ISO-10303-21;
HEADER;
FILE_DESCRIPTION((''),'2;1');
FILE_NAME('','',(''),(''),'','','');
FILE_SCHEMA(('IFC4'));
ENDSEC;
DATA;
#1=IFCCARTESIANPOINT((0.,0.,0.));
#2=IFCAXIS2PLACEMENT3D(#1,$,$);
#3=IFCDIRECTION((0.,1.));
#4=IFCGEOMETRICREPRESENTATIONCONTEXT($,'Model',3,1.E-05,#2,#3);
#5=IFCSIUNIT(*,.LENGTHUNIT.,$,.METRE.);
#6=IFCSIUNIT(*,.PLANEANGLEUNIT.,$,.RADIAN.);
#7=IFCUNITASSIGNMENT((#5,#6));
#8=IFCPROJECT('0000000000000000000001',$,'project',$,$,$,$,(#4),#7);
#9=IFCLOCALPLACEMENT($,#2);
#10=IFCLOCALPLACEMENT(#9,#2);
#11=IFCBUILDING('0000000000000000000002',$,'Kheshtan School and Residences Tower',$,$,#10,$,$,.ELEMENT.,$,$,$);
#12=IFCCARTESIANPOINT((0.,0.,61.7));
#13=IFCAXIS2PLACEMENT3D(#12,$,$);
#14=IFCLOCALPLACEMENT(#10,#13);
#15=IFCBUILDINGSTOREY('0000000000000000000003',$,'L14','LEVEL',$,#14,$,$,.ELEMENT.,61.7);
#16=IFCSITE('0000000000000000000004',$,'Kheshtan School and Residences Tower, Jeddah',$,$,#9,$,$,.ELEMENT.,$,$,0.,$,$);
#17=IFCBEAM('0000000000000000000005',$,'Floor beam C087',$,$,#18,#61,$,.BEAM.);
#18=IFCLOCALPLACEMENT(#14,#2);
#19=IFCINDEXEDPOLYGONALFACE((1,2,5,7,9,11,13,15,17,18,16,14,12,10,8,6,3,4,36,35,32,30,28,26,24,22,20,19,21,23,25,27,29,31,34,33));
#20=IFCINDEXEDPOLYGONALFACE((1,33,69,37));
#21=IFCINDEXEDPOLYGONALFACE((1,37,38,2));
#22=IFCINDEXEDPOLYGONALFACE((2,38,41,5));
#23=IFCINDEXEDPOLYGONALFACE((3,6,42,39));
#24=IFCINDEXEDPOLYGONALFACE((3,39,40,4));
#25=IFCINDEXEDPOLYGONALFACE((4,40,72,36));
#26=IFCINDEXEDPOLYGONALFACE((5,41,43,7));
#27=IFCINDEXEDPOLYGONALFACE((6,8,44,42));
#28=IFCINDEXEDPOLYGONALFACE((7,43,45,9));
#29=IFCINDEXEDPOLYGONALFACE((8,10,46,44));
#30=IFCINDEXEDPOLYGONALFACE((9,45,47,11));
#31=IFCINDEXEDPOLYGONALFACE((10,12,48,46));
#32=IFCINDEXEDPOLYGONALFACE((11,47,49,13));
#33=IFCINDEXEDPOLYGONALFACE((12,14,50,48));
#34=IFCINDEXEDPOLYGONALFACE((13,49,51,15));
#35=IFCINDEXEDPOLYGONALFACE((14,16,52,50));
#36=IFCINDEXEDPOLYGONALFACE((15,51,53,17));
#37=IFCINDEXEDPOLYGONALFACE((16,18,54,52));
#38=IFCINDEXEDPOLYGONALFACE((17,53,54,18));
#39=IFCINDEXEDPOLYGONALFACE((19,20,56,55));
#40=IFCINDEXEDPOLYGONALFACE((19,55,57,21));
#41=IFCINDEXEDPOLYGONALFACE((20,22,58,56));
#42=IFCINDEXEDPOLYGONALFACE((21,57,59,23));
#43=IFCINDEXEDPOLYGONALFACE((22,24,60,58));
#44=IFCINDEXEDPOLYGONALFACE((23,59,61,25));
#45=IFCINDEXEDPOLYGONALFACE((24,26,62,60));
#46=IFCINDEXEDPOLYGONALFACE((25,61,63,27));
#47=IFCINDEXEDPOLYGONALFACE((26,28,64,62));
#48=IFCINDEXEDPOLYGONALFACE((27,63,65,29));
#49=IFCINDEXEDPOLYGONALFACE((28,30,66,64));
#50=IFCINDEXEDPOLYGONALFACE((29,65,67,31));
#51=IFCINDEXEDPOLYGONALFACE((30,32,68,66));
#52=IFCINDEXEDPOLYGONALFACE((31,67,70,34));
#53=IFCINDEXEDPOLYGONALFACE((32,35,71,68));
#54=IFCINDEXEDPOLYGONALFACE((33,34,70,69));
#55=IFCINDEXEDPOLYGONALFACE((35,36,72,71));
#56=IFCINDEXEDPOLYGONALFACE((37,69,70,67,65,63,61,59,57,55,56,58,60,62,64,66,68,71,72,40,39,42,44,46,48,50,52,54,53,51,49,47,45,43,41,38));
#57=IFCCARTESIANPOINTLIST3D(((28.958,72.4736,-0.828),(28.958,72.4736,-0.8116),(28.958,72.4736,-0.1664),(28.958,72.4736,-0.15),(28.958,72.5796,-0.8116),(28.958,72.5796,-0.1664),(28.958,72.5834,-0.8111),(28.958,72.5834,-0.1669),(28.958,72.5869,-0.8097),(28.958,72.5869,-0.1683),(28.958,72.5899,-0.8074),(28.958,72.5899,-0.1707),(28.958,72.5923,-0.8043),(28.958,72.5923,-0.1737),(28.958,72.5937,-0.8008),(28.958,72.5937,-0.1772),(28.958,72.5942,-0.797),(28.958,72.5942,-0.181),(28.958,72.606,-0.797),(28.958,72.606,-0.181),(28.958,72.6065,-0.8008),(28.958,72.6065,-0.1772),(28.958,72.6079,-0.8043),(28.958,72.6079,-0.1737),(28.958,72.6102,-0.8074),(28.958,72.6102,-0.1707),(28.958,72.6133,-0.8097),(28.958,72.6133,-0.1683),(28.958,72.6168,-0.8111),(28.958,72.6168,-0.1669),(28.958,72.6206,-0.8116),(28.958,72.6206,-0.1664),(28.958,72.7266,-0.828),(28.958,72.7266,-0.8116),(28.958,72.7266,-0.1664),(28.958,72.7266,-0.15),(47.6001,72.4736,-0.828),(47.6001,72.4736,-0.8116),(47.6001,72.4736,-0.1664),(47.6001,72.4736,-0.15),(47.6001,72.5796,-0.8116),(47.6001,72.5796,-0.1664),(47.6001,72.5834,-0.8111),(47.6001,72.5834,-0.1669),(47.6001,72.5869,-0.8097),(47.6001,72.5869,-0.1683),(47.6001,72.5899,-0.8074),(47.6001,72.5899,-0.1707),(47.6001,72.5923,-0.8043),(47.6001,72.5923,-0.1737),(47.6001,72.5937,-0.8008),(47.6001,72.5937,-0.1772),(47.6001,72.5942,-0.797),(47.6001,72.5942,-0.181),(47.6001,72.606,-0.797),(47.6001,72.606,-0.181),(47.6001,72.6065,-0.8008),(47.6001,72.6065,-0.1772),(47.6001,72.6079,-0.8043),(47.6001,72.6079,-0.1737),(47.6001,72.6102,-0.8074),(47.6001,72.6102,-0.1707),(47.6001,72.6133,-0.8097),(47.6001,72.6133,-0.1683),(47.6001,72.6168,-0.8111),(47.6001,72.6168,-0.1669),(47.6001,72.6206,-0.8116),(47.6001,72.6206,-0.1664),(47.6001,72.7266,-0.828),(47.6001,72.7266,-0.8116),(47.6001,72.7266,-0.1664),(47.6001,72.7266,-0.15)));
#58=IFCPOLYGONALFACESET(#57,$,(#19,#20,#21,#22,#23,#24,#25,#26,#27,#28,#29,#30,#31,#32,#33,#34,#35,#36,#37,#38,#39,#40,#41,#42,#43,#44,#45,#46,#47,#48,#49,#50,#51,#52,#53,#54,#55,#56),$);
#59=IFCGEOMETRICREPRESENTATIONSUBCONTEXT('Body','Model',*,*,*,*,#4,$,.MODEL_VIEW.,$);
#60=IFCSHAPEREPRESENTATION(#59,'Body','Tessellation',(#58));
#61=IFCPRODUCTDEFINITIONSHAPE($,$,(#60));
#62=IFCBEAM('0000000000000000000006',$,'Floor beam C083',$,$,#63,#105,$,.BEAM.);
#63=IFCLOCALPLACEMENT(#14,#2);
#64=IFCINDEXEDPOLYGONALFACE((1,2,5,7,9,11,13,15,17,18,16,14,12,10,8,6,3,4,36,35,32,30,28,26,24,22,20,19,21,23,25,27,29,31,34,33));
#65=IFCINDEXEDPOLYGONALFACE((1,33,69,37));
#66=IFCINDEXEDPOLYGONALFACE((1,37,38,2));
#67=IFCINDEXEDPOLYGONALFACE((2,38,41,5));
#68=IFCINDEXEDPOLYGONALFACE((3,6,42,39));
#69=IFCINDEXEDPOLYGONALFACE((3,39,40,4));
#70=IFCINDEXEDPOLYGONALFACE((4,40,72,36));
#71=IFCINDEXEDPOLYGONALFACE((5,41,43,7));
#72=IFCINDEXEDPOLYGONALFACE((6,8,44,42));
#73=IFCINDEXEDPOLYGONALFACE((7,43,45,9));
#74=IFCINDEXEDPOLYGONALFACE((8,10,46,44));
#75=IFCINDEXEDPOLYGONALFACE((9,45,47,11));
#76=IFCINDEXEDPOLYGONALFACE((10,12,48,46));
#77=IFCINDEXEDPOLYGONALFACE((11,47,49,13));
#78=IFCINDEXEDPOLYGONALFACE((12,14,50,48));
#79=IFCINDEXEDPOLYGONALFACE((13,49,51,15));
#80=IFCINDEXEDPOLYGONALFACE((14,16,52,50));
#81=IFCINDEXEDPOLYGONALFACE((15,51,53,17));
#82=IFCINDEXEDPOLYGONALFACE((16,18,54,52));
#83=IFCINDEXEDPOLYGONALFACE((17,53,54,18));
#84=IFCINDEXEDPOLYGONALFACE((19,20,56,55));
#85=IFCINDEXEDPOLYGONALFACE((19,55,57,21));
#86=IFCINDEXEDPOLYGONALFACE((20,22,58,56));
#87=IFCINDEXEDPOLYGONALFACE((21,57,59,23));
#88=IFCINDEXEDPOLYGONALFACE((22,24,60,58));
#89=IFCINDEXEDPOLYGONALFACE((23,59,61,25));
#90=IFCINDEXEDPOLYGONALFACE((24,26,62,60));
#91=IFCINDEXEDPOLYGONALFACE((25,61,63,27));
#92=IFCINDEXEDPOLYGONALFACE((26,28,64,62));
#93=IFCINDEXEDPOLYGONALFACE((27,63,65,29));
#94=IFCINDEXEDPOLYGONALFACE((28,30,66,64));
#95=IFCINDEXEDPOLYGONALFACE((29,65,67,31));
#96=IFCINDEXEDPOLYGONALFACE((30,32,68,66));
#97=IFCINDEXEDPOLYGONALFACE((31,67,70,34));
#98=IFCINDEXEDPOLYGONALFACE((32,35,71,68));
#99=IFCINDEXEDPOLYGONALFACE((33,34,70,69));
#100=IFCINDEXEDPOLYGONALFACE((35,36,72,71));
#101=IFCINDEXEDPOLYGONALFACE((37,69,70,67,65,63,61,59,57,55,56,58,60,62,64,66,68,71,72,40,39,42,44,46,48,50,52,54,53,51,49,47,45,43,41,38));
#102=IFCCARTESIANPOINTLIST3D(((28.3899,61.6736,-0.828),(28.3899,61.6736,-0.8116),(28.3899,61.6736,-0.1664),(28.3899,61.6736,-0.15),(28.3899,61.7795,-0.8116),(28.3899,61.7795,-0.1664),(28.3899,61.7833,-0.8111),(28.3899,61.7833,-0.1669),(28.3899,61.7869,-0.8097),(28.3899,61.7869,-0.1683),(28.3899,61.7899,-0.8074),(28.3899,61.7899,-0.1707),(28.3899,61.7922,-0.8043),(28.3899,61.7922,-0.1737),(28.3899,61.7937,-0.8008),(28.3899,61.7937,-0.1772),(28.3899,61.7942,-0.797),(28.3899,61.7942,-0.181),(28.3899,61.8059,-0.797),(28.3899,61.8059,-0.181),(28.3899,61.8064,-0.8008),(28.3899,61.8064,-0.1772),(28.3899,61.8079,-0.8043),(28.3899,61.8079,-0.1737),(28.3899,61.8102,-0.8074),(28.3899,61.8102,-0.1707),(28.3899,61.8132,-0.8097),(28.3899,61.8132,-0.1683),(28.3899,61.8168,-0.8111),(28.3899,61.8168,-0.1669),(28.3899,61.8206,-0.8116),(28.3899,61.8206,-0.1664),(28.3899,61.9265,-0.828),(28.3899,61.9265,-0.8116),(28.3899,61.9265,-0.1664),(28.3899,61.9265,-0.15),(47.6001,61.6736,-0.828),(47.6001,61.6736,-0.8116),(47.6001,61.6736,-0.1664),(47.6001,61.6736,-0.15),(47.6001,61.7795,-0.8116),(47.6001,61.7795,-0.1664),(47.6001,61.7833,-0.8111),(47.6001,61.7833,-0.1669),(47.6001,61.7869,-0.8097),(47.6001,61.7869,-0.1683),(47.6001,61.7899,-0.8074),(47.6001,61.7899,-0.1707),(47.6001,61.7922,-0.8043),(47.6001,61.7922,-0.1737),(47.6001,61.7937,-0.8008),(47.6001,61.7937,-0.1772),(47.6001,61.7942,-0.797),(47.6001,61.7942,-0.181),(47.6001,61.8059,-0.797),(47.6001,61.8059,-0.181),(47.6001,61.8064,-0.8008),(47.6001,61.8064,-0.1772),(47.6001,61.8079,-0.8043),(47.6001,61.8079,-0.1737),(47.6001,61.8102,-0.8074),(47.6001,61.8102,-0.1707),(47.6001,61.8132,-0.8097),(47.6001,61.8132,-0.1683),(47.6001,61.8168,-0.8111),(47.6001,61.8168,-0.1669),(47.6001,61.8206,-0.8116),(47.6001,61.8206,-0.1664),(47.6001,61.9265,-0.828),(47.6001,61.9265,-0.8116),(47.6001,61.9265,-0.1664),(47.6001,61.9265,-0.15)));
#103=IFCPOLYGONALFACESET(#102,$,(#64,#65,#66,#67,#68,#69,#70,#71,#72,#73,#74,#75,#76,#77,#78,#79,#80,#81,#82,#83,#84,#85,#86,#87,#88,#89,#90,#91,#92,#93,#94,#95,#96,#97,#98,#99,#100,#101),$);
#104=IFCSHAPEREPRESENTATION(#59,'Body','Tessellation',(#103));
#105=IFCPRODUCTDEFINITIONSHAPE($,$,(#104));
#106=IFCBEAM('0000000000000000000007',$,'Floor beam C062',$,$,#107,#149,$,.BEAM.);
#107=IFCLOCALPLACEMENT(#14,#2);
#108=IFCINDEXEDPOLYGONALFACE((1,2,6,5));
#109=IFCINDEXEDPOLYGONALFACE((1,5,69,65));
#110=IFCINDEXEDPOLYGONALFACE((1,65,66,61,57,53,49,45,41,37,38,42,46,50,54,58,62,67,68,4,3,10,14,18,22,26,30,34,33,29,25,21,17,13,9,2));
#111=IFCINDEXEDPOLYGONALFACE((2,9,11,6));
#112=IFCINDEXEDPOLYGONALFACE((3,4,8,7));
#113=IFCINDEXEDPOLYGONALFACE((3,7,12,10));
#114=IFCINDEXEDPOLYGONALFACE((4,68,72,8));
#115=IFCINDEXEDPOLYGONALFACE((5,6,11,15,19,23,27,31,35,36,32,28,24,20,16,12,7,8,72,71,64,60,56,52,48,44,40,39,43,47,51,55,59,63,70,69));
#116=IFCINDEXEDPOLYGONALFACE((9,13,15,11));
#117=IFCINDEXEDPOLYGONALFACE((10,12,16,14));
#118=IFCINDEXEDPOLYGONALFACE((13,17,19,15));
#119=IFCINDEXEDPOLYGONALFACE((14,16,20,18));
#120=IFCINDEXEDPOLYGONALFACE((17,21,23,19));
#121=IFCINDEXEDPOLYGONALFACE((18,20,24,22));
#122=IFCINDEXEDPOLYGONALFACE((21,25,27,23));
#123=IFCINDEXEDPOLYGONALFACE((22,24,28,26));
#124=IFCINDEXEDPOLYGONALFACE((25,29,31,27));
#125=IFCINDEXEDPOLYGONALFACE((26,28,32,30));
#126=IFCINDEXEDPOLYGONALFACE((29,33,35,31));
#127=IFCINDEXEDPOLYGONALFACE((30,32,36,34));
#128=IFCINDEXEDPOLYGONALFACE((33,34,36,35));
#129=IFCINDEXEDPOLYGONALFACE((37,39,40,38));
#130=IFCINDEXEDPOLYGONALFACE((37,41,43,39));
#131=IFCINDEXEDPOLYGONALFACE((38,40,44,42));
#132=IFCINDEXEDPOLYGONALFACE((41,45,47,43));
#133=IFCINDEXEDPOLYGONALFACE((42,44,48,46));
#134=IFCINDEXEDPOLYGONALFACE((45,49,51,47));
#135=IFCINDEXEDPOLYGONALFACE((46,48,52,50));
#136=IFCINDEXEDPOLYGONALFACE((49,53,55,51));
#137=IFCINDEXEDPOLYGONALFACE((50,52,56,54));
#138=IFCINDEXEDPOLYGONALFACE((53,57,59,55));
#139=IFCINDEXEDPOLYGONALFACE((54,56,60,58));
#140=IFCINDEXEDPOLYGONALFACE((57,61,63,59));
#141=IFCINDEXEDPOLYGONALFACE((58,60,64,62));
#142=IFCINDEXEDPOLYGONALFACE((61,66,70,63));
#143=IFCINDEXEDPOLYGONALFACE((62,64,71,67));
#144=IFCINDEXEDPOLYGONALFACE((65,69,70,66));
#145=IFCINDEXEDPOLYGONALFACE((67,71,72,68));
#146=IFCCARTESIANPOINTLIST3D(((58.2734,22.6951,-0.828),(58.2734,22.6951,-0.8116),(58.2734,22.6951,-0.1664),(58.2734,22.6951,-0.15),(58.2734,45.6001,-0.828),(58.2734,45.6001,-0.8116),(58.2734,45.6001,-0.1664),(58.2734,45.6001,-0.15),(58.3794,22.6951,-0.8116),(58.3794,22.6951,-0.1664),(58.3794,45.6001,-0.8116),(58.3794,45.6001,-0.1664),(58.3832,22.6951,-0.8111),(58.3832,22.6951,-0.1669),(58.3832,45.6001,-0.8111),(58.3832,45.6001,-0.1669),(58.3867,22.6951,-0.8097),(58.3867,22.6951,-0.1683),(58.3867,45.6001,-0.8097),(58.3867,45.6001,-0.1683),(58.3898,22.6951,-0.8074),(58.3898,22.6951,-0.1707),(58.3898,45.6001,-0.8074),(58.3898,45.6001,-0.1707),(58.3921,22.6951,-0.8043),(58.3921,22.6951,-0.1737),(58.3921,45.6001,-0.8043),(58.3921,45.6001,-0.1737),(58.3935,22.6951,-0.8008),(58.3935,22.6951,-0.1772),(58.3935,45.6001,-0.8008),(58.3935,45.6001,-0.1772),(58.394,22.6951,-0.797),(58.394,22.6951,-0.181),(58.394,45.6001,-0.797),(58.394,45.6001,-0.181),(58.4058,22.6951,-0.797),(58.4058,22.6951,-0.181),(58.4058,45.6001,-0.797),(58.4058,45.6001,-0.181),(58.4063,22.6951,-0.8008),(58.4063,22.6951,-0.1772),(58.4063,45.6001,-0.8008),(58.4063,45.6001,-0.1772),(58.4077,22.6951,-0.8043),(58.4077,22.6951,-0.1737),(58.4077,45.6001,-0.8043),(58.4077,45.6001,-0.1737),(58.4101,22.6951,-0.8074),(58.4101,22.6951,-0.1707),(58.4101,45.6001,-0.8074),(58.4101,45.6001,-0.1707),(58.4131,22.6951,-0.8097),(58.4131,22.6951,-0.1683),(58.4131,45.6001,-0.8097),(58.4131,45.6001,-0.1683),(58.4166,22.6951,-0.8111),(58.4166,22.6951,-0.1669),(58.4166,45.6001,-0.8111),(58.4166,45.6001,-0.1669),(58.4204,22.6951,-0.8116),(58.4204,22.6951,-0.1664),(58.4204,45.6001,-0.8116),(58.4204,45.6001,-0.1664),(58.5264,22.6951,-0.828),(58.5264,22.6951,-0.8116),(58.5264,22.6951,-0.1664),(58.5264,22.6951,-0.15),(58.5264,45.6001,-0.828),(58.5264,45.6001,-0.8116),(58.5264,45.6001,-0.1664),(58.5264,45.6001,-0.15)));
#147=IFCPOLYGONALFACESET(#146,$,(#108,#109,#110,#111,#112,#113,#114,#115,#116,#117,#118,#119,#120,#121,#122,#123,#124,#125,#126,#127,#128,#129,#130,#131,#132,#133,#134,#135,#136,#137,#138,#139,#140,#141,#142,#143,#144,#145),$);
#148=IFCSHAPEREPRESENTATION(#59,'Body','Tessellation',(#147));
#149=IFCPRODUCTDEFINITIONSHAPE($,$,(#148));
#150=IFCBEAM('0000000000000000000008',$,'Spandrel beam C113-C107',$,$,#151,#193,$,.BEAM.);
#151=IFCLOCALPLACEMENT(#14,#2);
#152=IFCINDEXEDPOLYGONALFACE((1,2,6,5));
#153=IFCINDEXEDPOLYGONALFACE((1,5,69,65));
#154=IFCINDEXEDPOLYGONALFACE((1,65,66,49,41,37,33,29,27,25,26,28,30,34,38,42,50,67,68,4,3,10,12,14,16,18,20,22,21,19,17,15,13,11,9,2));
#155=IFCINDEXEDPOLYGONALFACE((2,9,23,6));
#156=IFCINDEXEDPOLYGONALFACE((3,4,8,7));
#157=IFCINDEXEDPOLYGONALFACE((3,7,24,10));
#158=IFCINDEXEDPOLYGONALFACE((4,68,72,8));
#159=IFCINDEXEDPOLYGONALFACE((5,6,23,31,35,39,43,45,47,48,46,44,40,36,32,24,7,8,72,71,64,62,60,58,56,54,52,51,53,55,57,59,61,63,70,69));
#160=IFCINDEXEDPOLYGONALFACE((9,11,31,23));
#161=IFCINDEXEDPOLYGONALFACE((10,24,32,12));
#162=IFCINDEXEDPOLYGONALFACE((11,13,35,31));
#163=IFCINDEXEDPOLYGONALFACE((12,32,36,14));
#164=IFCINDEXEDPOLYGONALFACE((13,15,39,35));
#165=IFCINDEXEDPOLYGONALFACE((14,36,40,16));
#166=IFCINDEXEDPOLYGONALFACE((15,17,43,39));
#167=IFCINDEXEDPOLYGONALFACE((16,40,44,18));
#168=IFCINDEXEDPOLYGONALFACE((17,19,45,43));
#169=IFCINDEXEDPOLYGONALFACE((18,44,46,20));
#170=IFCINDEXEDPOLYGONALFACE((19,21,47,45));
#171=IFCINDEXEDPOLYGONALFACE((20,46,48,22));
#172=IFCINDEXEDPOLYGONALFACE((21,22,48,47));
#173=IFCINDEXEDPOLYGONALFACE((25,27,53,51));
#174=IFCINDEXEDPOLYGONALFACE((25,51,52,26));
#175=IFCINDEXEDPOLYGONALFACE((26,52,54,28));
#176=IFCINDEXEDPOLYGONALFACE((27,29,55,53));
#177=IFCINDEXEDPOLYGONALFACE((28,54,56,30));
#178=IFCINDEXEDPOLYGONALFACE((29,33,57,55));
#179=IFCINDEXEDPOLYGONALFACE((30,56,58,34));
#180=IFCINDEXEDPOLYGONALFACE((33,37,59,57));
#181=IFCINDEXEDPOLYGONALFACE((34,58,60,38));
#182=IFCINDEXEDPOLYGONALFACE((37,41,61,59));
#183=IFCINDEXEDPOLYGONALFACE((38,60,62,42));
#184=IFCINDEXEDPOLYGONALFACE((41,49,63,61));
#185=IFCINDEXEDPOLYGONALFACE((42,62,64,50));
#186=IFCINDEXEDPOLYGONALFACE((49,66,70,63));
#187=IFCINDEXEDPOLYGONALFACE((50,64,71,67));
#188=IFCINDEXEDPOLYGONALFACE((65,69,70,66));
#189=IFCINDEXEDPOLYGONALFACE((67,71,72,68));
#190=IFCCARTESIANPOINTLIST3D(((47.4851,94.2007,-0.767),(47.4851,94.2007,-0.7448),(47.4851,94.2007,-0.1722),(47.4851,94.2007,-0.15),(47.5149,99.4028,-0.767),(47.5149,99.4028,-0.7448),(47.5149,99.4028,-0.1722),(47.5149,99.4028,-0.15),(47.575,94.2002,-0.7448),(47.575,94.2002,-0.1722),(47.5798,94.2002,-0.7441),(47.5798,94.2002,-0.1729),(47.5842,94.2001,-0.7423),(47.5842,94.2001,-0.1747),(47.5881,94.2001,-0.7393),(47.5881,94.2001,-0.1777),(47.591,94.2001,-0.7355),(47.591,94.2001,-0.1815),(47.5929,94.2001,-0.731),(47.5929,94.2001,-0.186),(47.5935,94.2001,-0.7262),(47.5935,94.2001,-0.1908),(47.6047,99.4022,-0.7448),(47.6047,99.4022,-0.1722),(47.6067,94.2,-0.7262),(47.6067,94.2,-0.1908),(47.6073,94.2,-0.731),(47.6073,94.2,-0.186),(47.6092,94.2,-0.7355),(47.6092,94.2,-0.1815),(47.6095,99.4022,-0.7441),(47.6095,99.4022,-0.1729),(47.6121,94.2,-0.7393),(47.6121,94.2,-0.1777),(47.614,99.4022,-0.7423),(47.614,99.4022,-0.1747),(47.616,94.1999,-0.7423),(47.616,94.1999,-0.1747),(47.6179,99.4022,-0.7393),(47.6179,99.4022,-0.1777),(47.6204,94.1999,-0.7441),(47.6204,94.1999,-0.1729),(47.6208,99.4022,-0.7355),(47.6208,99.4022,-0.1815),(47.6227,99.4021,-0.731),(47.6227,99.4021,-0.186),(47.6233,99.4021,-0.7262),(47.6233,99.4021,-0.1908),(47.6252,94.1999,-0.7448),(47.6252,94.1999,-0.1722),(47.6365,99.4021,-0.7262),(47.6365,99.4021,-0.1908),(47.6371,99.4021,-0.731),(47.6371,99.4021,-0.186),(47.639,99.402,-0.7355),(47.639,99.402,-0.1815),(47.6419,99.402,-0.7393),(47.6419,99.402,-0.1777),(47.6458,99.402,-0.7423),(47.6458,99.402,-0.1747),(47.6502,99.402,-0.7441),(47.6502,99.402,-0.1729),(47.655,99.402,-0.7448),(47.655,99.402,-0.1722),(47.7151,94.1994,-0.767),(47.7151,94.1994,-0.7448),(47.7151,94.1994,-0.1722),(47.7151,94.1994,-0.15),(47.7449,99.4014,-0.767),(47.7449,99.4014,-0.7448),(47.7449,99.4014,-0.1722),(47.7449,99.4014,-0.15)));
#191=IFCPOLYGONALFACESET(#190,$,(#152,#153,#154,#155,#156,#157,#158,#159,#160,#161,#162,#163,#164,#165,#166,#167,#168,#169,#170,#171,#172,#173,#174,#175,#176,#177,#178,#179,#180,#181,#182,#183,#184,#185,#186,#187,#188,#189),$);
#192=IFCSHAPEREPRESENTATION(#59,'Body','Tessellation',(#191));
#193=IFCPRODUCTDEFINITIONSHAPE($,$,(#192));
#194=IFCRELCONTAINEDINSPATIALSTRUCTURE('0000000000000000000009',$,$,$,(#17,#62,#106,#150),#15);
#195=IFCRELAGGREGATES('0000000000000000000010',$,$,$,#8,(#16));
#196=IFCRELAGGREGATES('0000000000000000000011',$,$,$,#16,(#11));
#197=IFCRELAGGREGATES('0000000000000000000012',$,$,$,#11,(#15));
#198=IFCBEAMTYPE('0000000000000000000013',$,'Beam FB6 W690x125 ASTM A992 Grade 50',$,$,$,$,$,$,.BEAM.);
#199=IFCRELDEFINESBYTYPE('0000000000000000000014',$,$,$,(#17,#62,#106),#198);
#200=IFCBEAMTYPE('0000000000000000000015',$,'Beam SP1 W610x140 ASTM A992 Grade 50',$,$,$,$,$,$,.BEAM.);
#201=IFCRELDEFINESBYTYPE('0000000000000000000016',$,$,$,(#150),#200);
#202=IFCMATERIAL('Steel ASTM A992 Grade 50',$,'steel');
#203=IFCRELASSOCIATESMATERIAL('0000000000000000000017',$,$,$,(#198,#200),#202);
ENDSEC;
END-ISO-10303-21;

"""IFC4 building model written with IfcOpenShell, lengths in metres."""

from ifc_helpers import new_model, si_unit, direction, frame, origin, origin_2d, place, context, subcontext, project, spatial, i_section, extrude, material, material_profile, profile_set, type_object, element, save


model = new_model("IFC4")

# Units and contexts
model_context = context("Model", 3, precision=1e-05, world=origin(), true_north=direction((0.0, 1.0)))
body_context = subcontext(model_context, "Body", "Model", "MODEL_VIEW")
ifc_project = project(units=[si_unit("LENGTHUNIT", "METRE"), si_unit("PLANEANGLEUNIT", "RADIAN")], contexts=[model_context])

# Site, building, storey
site_placement = place(None, origin())
site = spatial("IfcSite", under=ifc_project, at=site_placement, Name="Kheshtan School and Residences Tower, Jeddah", CompositionType="ELEMENT", RefElevation=0.0)
building_placement = place(site_placement, origin())
building = spatial("IfcBuilding", under=site, at=building_placement, Name="Kheshtan School and Residences Tower", CompositionType="ELEMENT")
storey_placement = place(building_placement, frame((0.0, 0.0, 61.7)))
storey = spatial("IfcBuildingStorey", under=building, at=storey_placement, Name="L14", Description="LEVEL", CompositionType="ELEMENT", Elevation=61.7)

# Shared definitions
ifc_material_1 = material(Name="Steel ASTM A992 Grade 50", Category="steel")

# Beams
ifc_material_profile_1 = material_profile(ifc_material_1, i_section(OverallWidth=0.2529, OverallDepth=0.678, WebThickness=0.0117, FlangeThickness=0.0164, FilletRadius=0.0146, at=origin_2d()), Name="W690x125")
ifc_profile_set_1 = profile_set([ifc_material_profile_1], Name="Steel ASTM A992 Grade 50")
beam_type_1 = type_object("IfcBeamType", Name="Beam FB6 W690x125 ASTM A992 Grade 50", PredefinedType="BEAM", material=ifc_profile_set_1)
beam_1_placement = place(storey_placement, frame((47.6001, 72.6001, -0.489), z_axis=(-1.0, 0.0, 0.0), x_axis=(0.0, -1.0, 0.0)))
element("IfcBeam", 1, at=beam_1_placement, inside=storey, type_object=beam_type_1, Name="Floor beam C087", PredefinedType="BEAM", context=body_context, shape_type="SweptSolid", body=[
    extrude(i_section(OverallWidth=0.2529, OverallDepth=0.678, WebThickness=0.0117, FlangeThickness=0.0164, FilletRadius=0.0146, at=origin_2d()), origin(), (0.0, 0.0, 1.0), 18.6421),
])
beam_2_placement = place(storey_placement, frame((47.6001, 61.8, -0.489), z_axis=(-1.0, 0.0, 0.0), x_axis=(0.0, -1.0, 0.0)))
element("IfcBeam", 2, at=beam_2_placement, inside=storey, type_object=beam_type_1, Name="Floor beam C083", PredefinedType="BEAM", context=body_context, shape_type="SweptSolid", body=[
    extrude(i_section(OverallWidth=0.2529, OverallDepth=0.678, WebThickness=0.0117, FlangeThickness=0.0164, FilletRadius=0.0146, at=origin_2d()), origin(), (0.0, 0.0, 1.0), 19.2102),
])
beam_3_placement = place(storey_placement, frame((58.3999, 45.6001, -0.489), z_axis=(0.0, -1.0, 0.0), x_axis=(1.0, 0.0, 0.0)))
element("IfcBeam", 3, at=beam_3_placement, inside=storey, type_object=beam_type_1, Name="Floor beam C062", PredefinedType="BEAM", context=body_context, shape_type="SweptSolid", body=[
    extrude(i_section(OverallWidth=0.2529, OverallDepth=0.678, WebThickness=0.0117, FlangeThickness=0.0164, FilletRadius=0.0146, at=origin_2d()), origin(), (0.0, 0.0, 1.0), 22.905),
])
ifc_material_profile_2 = material_profile(ifc_material_1, i_section(OverallWidth=0.23, OverallDepth=0.6169, WebThickness=0.0132, FlangeThickness=0.0222, FilletRadius=0.0186, at=origin_2d()), Name="W610x140")
ifc_profile_set_2 = profile_set([ifc_material_profile_2], Name="Steel ASTM A992 Grade 50")
beam_type_2 = type_object("IfcBeamType", Name="Beam SP1 W610x140 ASTM A992 Grade 50", PredefinedType="BEAM", material=ifc_profile_set_2)
beam_4_placement = place(storey_placement, frame((47.6299, 99.4021, -0.4585), z_axis=(-0.005725, -0.999984, 0.0), x_axis=(0.999984, -0.005725, 0.0)))
element("IfcBeam", 4, at=beam_4_placement, inside=storey, type_object=beam_type_2, Name="Spandrel beam C113-C107", PredefinedType="BEAM", context=body_context, shape_type="SweptSolid", body=[
    extrude(i_section(OverallWidth=0.23, OverallDepth=0.6169, WebThickness=0.0132, FlangeThickness=0.0222, FilletRadius=0.0186, at=origin_2d()), origin(), (0.0, 0.0, 1.0), 5.2021),
])

save(model, "model.ifc")
